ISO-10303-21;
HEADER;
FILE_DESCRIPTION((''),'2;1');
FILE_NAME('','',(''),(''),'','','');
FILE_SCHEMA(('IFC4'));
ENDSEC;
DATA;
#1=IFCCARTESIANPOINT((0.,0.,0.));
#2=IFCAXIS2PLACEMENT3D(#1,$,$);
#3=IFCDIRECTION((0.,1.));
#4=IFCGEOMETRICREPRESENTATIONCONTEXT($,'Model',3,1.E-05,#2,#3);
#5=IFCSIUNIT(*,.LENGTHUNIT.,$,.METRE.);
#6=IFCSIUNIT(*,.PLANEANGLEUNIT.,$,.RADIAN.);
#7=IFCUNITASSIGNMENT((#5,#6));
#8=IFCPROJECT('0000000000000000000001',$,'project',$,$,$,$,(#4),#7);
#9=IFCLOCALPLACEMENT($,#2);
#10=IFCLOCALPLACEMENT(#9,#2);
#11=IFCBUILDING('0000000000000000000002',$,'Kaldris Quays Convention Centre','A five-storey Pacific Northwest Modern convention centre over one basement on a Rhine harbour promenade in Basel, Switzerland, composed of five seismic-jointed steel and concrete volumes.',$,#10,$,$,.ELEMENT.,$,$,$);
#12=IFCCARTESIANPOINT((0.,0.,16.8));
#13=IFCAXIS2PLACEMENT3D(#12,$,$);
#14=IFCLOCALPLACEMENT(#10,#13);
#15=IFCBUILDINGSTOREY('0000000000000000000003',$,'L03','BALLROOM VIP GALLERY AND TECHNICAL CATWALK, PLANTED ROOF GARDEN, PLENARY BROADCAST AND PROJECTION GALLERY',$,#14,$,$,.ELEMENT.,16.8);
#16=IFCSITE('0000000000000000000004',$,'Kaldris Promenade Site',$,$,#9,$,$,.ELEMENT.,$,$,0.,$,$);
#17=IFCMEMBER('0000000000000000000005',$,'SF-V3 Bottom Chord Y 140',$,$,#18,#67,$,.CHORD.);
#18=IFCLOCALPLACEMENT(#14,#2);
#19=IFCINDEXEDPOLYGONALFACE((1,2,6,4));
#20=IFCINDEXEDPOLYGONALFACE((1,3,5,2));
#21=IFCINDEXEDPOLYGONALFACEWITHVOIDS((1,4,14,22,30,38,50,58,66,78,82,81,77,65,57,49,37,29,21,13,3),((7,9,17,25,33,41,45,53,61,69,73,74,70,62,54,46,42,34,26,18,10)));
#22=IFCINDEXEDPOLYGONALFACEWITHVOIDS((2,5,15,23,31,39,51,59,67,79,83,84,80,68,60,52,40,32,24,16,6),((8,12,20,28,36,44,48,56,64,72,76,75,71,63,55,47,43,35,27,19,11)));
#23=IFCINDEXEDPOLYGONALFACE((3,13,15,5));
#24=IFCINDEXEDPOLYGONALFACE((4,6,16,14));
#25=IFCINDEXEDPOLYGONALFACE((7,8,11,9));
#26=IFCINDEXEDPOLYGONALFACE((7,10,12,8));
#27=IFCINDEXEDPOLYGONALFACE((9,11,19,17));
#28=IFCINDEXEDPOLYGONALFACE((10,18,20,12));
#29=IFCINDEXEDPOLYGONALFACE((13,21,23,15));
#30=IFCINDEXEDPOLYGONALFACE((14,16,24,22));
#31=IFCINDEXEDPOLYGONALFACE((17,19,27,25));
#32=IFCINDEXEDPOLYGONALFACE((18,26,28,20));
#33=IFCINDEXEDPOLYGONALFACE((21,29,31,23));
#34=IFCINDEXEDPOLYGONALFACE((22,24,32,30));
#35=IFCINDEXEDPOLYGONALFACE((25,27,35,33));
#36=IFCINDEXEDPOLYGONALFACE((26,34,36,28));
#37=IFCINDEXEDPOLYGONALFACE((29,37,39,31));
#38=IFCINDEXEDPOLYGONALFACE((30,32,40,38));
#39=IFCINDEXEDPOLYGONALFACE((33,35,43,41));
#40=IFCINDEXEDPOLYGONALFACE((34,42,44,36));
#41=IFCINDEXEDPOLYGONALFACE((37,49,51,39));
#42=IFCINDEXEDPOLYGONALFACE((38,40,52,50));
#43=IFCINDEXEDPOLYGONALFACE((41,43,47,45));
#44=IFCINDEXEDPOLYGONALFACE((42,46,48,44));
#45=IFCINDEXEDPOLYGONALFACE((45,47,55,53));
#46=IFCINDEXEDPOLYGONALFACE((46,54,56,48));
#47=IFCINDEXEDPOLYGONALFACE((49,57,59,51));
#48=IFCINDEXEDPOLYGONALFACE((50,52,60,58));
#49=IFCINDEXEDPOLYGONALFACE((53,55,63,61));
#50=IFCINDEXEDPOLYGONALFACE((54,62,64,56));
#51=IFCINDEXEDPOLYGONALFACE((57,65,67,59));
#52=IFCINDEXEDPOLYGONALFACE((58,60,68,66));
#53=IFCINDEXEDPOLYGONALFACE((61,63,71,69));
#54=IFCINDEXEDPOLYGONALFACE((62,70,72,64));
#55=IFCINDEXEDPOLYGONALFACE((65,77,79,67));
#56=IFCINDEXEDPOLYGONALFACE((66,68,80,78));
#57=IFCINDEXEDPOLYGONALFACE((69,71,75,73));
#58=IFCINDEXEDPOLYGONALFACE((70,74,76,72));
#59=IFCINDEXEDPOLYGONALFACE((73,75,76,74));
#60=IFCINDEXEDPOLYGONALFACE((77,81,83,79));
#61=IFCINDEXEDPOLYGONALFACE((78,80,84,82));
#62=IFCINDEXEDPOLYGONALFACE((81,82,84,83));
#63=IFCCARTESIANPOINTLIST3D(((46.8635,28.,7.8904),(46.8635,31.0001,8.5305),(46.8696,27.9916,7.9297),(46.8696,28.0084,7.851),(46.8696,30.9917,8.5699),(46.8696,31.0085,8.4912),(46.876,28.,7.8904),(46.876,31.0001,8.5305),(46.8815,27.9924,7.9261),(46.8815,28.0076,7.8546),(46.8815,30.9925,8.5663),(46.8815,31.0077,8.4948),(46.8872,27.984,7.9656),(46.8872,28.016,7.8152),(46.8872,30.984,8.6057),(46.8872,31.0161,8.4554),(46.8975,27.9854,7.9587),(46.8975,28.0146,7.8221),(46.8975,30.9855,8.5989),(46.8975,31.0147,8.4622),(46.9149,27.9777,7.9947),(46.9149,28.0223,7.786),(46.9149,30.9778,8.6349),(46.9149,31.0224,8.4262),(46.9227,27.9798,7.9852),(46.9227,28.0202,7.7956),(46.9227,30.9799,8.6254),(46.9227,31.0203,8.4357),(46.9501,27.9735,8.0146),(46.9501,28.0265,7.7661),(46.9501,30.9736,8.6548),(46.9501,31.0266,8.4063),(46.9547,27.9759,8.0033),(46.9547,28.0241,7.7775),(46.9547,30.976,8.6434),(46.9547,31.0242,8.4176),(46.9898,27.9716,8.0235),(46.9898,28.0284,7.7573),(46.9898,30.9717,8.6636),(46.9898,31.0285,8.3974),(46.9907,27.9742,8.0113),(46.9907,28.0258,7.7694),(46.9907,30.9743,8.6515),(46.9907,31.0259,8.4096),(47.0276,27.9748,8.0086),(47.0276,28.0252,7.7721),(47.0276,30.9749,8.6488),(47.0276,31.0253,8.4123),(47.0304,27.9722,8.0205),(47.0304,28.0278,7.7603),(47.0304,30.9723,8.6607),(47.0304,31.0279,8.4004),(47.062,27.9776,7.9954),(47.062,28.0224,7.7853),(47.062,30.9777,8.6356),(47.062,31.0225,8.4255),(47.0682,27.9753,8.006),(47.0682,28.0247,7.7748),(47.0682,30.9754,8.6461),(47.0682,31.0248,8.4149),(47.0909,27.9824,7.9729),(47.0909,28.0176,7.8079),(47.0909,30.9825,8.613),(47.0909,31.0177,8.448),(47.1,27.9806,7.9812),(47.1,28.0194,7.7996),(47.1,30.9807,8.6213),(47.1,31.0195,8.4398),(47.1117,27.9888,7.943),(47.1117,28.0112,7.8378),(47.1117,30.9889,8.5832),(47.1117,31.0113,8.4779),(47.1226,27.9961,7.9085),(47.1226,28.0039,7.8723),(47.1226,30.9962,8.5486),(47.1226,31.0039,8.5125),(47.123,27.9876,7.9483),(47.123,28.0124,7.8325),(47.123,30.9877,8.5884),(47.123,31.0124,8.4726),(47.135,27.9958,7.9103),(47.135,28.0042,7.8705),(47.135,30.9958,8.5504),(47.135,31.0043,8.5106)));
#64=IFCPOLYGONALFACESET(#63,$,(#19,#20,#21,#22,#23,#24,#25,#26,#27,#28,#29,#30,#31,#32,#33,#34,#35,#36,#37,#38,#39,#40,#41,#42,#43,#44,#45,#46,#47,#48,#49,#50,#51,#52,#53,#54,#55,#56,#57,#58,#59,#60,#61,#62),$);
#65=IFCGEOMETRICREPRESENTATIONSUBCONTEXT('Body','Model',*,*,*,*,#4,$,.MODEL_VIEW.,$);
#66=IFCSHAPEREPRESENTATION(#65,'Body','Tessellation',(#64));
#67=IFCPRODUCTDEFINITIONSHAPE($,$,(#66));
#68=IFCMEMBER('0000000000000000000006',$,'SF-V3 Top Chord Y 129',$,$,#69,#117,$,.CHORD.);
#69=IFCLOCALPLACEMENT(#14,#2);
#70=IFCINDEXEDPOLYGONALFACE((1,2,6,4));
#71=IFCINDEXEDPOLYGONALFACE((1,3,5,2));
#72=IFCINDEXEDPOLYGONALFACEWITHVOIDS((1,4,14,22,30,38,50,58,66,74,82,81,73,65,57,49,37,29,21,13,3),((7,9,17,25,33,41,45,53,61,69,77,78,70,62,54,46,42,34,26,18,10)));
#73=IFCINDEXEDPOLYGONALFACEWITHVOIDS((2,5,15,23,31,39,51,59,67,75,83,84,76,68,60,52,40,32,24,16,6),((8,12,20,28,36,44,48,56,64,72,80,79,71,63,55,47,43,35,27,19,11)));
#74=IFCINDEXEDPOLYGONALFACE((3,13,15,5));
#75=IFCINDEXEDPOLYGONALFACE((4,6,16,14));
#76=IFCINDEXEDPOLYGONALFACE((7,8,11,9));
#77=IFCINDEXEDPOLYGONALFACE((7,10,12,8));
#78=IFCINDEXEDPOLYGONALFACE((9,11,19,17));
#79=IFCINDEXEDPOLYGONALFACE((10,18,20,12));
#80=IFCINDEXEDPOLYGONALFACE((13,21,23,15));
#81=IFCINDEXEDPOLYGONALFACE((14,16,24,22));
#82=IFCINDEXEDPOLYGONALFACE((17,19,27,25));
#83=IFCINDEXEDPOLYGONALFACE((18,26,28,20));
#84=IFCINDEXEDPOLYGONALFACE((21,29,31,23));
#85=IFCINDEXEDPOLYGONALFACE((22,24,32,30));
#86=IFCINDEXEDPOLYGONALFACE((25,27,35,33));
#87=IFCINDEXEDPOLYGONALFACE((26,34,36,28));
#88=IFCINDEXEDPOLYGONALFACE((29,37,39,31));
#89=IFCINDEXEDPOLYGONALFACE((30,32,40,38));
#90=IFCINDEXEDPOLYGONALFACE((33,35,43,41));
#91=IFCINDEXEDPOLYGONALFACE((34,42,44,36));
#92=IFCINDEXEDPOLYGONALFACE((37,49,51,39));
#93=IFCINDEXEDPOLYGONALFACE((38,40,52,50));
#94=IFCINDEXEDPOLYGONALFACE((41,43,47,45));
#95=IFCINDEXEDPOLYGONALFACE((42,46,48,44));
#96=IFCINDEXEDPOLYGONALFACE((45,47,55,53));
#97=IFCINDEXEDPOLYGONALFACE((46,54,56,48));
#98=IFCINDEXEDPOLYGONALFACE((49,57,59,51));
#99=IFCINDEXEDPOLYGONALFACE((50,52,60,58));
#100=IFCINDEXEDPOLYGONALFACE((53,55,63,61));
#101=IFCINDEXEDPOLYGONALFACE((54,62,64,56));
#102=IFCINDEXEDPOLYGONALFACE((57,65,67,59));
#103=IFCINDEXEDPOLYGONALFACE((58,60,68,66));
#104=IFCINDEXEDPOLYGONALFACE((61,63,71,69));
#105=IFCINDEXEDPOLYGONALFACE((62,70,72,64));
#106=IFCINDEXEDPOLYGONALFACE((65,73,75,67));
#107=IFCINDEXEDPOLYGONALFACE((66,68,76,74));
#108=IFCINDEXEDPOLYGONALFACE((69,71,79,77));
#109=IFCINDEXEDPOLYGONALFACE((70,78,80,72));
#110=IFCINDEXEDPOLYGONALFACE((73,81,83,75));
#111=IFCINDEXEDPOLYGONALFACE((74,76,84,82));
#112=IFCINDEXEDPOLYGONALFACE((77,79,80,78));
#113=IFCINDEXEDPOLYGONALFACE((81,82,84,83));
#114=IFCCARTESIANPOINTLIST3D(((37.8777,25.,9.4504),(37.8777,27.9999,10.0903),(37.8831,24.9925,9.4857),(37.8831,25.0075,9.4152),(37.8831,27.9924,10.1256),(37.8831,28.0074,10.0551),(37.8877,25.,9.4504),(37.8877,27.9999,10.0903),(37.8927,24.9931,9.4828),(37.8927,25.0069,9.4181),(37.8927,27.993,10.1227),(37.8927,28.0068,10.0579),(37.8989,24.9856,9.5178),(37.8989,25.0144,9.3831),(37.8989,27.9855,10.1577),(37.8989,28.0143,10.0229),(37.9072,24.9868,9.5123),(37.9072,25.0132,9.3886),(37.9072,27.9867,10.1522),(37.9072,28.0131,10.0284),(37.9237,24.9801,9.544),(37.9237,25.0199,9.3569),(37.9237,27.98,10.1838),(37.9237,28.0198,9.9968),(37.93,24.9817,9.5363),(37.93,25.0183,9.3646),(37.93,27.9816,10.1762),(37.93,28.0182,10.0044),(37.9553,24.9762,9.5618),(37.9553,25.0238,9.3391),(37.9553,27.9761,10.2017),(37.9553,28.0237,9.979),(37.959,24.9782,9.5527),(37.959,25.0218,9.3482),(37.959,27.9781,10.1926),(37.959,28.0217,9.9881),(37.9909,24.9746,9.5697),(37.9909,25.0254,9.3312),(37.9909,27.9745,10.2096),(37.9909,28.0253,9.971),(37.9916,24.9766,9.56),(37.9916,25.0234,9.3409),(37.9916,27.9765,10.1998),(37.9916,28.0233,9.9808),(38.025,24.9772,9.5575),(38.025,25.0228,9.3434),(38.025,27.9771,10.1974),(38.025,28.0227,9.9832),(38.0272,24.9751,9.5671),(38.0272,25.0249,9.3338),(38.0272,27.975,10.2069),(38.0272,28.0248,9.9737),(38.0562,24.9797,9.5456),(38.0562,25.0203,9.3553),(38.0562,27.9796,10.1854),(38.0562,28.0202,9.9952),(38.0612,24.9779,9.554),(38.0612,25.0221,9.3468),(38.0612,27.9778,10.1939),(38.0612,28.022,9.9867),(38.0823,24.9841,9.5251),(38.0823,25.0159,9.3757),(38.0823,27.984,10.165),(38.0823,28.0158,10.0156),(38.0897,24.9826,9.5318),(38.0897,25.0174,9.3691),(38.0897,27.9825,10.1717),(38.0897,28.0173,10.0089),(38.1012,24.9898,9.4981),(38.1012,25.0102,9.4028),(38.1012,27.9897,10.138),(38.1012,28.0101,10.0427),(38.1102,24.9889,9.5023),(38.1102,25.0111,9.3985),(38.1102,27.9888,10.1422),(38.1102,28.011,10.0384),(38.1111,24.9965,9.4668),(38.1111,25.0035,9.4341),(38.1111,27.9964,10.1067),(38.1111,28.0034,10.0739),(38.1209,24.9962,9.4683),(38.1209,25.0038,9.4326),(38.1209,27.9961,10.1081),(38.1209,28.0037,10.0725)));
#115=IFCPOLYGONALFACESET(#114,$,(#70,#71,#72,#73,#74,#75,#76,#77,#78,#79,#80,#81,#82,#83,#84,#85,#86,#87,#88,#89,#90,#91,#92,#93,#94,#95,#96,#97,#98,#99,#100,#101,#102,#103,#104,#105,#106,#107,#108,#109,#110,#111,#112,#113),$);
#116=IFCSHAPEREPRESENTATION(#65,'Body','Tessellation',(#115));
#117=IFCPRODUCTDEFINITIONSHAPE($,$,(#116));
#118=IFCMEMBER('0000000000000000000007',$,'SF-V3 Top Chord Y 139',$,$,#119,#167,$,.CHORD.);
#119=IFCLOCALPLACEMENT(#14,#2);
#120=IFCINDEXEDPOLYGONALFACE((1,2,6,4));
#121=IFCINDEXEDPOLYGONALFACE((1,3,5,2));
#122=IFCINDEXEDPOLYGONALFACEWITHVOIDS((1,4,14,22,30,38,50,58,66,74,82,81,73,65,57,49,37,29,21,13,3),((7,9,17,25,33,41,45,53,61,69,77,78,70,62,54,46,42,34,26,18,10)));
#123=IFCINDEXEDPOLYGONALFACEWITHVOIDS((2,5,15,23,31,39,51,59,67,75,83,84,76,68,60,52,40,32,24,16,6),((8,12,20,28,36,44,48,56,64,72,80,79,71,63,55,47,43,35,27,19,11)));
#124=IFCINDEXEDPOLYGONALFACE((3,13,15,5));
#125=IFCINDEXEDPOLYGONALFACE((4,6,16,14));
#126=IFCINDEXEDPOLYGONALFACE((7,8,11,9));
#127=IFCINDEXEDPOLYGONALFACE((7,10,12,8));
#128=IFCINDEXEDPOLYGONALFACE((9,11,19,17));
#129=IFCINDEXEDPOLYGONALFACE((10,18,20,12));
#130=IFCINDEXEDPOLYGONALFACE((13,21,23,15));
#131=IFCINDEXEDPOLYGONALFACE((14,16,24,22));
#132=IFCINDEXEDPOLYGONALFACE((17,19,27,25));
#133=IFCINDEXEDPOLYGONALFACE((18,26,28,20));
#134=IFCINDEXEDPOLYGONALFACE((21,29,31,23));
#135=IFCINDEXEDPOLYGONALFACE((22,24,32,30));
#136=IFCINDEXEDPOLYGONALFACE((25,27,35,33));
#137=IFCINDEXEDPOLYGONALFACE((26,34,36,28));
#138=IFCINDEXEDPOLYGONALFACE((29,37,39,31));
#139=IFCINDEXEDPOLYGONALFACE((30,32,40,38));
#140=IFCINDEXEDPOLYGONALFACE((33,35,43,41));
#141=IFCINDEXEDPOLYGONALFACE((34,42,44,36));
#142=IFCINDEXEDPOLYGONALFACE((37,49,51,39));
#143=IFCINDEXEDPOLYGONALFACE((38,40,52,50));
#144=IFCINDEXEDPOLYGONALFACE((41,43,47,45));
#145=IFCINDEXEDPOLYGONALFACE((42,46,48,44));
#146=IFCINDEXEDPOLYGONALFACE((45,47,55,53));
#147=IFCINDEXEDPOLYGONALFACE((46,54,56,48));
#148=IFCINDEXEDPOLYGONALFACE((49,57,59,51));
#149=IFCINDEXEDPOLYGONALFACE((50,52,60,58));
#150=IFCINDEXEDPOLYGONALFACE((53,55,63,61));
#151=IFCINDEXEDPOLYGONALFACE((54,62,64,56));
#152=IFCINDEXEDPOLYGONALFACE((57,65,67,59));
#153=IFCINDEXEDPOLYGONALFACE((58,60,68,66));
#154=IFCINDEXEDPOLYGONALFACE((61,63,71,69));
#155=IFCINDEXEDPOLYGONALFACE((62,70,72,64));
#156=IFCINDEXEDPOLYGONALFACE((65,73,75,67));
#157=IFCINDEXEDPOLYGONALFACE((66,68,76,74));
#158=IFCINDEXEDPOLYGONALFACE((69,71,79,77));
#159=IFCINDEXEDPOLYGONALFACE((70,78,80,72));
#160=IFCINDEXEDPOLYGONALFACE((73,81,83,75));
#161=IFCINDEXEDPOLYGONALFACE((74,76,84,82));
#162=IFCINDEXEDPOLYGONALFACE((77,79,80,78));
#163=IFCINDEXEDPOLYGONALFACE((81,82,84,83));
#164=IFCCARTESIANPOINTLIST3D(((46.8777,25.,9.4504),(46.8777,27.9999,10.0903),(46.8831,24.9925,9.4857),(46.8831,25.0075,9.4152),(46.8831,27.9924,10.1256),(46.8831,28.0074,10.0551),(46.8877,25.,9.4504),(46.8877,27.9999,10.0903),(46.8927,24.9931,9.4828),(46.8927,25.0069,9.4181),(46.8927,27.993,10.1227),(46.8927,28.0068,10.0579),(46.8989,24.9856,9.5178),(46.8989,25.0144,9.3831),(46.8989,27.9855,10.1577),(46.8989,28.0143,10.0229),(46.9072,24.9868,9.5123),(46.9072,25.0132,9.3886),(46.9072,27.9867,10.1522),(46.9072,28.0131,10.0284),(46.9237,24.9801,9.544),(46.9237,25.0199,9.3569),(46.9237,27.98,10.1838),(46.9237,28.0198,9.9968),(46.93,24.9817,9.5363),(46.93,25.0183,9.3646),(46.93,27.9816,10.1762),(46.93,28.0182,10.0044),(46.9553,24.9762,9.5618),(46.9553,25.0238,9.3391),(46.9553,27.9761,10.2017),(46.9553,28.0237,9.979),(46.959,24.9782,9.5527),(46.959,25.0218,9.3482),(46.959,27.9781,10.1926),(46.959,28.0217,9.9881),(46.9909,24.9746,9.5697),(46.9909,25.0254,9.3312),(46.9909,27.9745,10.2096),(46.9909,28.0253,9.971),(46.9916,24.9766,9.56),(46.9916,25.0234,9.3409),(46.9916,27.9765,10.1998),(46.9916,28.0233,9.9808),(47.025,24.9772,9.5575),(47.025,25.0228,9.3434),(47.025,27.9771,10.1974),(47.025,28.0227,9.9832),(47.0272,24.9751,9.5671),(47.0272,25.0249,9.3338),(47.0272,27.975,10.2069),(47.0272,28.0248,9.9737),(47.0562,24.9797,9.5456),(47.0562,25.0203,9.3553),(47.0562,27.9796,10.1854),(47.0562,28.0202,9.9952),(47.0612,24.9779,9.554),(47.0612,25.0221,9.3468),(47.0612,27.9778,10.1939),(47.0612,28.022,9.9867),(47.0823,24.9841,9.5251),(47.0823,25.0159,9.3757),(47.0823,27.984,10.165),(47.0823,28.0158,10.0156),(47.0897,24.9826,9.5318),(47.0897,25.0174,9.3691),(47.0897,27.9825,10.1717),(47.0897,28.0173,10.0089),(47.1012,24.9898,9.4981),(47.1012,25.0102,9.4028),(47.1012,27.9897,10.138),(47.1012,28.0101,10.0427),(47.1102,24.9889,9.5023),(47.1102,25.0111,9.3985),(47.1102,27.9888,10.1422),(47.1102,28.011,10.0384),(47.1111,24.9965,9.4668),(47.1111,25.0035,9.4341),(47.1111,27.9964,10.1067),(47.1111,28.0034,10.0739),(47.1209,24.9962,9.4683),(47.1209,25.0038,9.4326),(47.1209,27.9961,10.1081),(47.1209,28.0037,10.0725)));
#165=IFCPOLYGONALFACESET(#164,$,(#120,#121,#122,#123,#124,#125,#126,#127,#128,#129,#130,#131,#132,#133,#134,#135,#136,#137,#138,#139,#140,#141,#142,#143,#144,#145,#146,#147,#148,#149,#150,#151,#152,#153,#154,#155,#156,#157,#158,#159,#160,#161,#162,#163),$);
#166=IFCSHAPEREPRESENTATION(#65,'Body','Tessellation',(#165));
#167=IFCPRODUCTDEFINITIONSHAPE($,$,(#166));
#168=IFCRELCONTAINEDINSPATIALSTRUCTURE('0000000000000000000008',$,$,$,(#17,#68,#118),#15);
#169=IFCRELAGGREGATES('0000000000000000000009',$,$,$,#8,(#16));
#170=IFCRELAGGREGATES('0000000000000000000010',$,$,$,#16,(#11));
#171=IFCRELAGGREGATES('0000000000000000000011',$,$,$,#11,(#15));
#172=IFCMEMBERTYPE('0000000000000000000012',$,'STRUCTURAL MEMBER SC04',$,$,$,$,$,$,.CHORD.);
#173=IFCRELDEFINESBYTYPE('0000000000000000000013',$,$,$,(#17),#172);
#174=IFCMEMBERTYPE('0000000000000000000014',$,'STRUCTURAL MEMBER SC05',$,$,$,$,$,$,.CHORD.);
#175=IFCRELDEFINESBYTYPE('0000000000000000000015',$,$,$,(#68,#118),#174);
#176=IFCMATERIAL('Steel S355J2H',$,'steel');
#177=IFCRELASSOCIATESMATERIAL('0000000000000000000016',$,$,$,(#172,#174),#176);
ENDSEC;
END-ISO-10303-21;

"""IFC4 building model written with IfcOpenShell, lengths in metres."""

from ifc_helpers import new_model, si_unit, direction, frame, origin, origin_2d, place, context, subcontext, project, spatial, hollow_circle, extrude, material, material_profile, profile_set, type_object, element, save


model = new_model("IFC4")

# Units and contexts
model_context = context("Model", 3, precision=1e-05, world=origin(), true_north=direction((0.0, 1.0)))
body_context = subcontext(model_context, "Body", "Model", "MODEL_VIEW")
ifc_project = project(units=[si_unit("LENGTHUNIT", "METRE"), si_unit("PLANEANGLEUNIT", "RADIAN")], contexts=[model_context])

# Site, building, storey
site_placement = place(None, origin())
site = spatial("IfcSite", under=ifc_project, at=site_placement, Name="Kaldris Promenade Site", CompositionType="ELEMENT", RefElevation=0.0)
building_placement = place(site_placement, origin())
building = spatial("IfcBuilding", under=site, at=building_placement, Name="Kaldris Quays Convention Centre", Description="A five-storey Pacific Northwest Modern convention centre over one basement on a Rhine harbour promenade in Basel, Switzerland, composed of five seismic-jointed steel and concrete volumes.", CompositionType="ELEMENT")
storey_placement = place(building_placement, frame((0.0, 0.0, 16.8)))
storey = spatial("IfcBuildingStorey", under=building, at=storey_placement, Name="L03", Description="BALLROOM VIP GALLERY AND TECHNICAL CATWALK, PLANTED ROOF GARDEN, PLENARY BROADCAST AND PROJECTION GALLERY", CompositionType="ELEMENT", Elevation=16.8)

# Members
ifc_material_1 = material(Name="Steel S355J2H", Category="steel")
ifc_material_profile_1 = material_profile(ifc_material_1, hollow_circle(Radius=0.1365, WallThickness=0.0125, at=origin_2d()), Name="CHS 273x12.5")
ifc_profile_set_1 = profile_set([ifc_material_profile_1], Name="Steel S355J2H")
member_type_1 = type_object("IfcMemberType", Name="STRUCTURAL MEMBER SC04", PredefinedType="CHORD", material=ifc_profile_set_1)
member_1_placement = place(storey_placement, frame((47.0, 28.0, 7.8904), z_axis=(0.0, 0.977984, 0.208681), x_axis=(-1.0, 0.0, 0.0)))
element("IfcMember", 1, at=member_1_placement, inside=storey, type_object=member_type_1, Name="SF-V3 Bottom Chord Y 140", PredefinedType="CHORD", context=body_context, shape_type="SweptSolid", body=[
    extrude(hollow_circle(Radius=0.1365, WallThickness=0.0125, at=origin_2d()), origin(), (0.0, 0.0, 1.0), 3.0676),
])
ifc_material_profile_2 = material_profile(ifc_material_1, hollow_circle(Radius=0.1223, WallThickness=0.01, at=origin_2d()), Name="CHS 244.5x10")
ifc_profile_set_2 = profile_set([ifc_material_profile_2], Name="Steel S355J2H")
member_type_2 = type_object("IfcMemberType", Name="STRUCTURAL MEMBER SC05", PredefinedType="CHORD", material=ifc_profile_set_2)
for number, where, z_axis, x_axis, name in (
    (2, (38.0, 25.0, 9.4504), (0.0, 0.978, 0.208605), (-1.0, 0.0, 0.0), "SF-V3 Top Chord Y 129"),
    (3, (47.0, 25.0, 9.4504), (0.0, 0.978, 0.208605), (-1.0, 0.0, 0.0), "SF-V3 Top Chord Y 139"),
):
    element("IfcMember", number, at=place(storey_placement, frame(where, z_axis=z_axis, x_axis=x_axis)), inside=storey, type_object=member_type_2, Name=name, PredefinedType="CHORD", context=body_context, shape_type="SweptSolid", body=[
        extrude(hollow_circle(Radius=0.1223, WallThickness=0.01, at=origin_2d()), origin(), (0.0, 0.0, 1.0), 3.0674),
    ])

save(model, "model.ifc")
